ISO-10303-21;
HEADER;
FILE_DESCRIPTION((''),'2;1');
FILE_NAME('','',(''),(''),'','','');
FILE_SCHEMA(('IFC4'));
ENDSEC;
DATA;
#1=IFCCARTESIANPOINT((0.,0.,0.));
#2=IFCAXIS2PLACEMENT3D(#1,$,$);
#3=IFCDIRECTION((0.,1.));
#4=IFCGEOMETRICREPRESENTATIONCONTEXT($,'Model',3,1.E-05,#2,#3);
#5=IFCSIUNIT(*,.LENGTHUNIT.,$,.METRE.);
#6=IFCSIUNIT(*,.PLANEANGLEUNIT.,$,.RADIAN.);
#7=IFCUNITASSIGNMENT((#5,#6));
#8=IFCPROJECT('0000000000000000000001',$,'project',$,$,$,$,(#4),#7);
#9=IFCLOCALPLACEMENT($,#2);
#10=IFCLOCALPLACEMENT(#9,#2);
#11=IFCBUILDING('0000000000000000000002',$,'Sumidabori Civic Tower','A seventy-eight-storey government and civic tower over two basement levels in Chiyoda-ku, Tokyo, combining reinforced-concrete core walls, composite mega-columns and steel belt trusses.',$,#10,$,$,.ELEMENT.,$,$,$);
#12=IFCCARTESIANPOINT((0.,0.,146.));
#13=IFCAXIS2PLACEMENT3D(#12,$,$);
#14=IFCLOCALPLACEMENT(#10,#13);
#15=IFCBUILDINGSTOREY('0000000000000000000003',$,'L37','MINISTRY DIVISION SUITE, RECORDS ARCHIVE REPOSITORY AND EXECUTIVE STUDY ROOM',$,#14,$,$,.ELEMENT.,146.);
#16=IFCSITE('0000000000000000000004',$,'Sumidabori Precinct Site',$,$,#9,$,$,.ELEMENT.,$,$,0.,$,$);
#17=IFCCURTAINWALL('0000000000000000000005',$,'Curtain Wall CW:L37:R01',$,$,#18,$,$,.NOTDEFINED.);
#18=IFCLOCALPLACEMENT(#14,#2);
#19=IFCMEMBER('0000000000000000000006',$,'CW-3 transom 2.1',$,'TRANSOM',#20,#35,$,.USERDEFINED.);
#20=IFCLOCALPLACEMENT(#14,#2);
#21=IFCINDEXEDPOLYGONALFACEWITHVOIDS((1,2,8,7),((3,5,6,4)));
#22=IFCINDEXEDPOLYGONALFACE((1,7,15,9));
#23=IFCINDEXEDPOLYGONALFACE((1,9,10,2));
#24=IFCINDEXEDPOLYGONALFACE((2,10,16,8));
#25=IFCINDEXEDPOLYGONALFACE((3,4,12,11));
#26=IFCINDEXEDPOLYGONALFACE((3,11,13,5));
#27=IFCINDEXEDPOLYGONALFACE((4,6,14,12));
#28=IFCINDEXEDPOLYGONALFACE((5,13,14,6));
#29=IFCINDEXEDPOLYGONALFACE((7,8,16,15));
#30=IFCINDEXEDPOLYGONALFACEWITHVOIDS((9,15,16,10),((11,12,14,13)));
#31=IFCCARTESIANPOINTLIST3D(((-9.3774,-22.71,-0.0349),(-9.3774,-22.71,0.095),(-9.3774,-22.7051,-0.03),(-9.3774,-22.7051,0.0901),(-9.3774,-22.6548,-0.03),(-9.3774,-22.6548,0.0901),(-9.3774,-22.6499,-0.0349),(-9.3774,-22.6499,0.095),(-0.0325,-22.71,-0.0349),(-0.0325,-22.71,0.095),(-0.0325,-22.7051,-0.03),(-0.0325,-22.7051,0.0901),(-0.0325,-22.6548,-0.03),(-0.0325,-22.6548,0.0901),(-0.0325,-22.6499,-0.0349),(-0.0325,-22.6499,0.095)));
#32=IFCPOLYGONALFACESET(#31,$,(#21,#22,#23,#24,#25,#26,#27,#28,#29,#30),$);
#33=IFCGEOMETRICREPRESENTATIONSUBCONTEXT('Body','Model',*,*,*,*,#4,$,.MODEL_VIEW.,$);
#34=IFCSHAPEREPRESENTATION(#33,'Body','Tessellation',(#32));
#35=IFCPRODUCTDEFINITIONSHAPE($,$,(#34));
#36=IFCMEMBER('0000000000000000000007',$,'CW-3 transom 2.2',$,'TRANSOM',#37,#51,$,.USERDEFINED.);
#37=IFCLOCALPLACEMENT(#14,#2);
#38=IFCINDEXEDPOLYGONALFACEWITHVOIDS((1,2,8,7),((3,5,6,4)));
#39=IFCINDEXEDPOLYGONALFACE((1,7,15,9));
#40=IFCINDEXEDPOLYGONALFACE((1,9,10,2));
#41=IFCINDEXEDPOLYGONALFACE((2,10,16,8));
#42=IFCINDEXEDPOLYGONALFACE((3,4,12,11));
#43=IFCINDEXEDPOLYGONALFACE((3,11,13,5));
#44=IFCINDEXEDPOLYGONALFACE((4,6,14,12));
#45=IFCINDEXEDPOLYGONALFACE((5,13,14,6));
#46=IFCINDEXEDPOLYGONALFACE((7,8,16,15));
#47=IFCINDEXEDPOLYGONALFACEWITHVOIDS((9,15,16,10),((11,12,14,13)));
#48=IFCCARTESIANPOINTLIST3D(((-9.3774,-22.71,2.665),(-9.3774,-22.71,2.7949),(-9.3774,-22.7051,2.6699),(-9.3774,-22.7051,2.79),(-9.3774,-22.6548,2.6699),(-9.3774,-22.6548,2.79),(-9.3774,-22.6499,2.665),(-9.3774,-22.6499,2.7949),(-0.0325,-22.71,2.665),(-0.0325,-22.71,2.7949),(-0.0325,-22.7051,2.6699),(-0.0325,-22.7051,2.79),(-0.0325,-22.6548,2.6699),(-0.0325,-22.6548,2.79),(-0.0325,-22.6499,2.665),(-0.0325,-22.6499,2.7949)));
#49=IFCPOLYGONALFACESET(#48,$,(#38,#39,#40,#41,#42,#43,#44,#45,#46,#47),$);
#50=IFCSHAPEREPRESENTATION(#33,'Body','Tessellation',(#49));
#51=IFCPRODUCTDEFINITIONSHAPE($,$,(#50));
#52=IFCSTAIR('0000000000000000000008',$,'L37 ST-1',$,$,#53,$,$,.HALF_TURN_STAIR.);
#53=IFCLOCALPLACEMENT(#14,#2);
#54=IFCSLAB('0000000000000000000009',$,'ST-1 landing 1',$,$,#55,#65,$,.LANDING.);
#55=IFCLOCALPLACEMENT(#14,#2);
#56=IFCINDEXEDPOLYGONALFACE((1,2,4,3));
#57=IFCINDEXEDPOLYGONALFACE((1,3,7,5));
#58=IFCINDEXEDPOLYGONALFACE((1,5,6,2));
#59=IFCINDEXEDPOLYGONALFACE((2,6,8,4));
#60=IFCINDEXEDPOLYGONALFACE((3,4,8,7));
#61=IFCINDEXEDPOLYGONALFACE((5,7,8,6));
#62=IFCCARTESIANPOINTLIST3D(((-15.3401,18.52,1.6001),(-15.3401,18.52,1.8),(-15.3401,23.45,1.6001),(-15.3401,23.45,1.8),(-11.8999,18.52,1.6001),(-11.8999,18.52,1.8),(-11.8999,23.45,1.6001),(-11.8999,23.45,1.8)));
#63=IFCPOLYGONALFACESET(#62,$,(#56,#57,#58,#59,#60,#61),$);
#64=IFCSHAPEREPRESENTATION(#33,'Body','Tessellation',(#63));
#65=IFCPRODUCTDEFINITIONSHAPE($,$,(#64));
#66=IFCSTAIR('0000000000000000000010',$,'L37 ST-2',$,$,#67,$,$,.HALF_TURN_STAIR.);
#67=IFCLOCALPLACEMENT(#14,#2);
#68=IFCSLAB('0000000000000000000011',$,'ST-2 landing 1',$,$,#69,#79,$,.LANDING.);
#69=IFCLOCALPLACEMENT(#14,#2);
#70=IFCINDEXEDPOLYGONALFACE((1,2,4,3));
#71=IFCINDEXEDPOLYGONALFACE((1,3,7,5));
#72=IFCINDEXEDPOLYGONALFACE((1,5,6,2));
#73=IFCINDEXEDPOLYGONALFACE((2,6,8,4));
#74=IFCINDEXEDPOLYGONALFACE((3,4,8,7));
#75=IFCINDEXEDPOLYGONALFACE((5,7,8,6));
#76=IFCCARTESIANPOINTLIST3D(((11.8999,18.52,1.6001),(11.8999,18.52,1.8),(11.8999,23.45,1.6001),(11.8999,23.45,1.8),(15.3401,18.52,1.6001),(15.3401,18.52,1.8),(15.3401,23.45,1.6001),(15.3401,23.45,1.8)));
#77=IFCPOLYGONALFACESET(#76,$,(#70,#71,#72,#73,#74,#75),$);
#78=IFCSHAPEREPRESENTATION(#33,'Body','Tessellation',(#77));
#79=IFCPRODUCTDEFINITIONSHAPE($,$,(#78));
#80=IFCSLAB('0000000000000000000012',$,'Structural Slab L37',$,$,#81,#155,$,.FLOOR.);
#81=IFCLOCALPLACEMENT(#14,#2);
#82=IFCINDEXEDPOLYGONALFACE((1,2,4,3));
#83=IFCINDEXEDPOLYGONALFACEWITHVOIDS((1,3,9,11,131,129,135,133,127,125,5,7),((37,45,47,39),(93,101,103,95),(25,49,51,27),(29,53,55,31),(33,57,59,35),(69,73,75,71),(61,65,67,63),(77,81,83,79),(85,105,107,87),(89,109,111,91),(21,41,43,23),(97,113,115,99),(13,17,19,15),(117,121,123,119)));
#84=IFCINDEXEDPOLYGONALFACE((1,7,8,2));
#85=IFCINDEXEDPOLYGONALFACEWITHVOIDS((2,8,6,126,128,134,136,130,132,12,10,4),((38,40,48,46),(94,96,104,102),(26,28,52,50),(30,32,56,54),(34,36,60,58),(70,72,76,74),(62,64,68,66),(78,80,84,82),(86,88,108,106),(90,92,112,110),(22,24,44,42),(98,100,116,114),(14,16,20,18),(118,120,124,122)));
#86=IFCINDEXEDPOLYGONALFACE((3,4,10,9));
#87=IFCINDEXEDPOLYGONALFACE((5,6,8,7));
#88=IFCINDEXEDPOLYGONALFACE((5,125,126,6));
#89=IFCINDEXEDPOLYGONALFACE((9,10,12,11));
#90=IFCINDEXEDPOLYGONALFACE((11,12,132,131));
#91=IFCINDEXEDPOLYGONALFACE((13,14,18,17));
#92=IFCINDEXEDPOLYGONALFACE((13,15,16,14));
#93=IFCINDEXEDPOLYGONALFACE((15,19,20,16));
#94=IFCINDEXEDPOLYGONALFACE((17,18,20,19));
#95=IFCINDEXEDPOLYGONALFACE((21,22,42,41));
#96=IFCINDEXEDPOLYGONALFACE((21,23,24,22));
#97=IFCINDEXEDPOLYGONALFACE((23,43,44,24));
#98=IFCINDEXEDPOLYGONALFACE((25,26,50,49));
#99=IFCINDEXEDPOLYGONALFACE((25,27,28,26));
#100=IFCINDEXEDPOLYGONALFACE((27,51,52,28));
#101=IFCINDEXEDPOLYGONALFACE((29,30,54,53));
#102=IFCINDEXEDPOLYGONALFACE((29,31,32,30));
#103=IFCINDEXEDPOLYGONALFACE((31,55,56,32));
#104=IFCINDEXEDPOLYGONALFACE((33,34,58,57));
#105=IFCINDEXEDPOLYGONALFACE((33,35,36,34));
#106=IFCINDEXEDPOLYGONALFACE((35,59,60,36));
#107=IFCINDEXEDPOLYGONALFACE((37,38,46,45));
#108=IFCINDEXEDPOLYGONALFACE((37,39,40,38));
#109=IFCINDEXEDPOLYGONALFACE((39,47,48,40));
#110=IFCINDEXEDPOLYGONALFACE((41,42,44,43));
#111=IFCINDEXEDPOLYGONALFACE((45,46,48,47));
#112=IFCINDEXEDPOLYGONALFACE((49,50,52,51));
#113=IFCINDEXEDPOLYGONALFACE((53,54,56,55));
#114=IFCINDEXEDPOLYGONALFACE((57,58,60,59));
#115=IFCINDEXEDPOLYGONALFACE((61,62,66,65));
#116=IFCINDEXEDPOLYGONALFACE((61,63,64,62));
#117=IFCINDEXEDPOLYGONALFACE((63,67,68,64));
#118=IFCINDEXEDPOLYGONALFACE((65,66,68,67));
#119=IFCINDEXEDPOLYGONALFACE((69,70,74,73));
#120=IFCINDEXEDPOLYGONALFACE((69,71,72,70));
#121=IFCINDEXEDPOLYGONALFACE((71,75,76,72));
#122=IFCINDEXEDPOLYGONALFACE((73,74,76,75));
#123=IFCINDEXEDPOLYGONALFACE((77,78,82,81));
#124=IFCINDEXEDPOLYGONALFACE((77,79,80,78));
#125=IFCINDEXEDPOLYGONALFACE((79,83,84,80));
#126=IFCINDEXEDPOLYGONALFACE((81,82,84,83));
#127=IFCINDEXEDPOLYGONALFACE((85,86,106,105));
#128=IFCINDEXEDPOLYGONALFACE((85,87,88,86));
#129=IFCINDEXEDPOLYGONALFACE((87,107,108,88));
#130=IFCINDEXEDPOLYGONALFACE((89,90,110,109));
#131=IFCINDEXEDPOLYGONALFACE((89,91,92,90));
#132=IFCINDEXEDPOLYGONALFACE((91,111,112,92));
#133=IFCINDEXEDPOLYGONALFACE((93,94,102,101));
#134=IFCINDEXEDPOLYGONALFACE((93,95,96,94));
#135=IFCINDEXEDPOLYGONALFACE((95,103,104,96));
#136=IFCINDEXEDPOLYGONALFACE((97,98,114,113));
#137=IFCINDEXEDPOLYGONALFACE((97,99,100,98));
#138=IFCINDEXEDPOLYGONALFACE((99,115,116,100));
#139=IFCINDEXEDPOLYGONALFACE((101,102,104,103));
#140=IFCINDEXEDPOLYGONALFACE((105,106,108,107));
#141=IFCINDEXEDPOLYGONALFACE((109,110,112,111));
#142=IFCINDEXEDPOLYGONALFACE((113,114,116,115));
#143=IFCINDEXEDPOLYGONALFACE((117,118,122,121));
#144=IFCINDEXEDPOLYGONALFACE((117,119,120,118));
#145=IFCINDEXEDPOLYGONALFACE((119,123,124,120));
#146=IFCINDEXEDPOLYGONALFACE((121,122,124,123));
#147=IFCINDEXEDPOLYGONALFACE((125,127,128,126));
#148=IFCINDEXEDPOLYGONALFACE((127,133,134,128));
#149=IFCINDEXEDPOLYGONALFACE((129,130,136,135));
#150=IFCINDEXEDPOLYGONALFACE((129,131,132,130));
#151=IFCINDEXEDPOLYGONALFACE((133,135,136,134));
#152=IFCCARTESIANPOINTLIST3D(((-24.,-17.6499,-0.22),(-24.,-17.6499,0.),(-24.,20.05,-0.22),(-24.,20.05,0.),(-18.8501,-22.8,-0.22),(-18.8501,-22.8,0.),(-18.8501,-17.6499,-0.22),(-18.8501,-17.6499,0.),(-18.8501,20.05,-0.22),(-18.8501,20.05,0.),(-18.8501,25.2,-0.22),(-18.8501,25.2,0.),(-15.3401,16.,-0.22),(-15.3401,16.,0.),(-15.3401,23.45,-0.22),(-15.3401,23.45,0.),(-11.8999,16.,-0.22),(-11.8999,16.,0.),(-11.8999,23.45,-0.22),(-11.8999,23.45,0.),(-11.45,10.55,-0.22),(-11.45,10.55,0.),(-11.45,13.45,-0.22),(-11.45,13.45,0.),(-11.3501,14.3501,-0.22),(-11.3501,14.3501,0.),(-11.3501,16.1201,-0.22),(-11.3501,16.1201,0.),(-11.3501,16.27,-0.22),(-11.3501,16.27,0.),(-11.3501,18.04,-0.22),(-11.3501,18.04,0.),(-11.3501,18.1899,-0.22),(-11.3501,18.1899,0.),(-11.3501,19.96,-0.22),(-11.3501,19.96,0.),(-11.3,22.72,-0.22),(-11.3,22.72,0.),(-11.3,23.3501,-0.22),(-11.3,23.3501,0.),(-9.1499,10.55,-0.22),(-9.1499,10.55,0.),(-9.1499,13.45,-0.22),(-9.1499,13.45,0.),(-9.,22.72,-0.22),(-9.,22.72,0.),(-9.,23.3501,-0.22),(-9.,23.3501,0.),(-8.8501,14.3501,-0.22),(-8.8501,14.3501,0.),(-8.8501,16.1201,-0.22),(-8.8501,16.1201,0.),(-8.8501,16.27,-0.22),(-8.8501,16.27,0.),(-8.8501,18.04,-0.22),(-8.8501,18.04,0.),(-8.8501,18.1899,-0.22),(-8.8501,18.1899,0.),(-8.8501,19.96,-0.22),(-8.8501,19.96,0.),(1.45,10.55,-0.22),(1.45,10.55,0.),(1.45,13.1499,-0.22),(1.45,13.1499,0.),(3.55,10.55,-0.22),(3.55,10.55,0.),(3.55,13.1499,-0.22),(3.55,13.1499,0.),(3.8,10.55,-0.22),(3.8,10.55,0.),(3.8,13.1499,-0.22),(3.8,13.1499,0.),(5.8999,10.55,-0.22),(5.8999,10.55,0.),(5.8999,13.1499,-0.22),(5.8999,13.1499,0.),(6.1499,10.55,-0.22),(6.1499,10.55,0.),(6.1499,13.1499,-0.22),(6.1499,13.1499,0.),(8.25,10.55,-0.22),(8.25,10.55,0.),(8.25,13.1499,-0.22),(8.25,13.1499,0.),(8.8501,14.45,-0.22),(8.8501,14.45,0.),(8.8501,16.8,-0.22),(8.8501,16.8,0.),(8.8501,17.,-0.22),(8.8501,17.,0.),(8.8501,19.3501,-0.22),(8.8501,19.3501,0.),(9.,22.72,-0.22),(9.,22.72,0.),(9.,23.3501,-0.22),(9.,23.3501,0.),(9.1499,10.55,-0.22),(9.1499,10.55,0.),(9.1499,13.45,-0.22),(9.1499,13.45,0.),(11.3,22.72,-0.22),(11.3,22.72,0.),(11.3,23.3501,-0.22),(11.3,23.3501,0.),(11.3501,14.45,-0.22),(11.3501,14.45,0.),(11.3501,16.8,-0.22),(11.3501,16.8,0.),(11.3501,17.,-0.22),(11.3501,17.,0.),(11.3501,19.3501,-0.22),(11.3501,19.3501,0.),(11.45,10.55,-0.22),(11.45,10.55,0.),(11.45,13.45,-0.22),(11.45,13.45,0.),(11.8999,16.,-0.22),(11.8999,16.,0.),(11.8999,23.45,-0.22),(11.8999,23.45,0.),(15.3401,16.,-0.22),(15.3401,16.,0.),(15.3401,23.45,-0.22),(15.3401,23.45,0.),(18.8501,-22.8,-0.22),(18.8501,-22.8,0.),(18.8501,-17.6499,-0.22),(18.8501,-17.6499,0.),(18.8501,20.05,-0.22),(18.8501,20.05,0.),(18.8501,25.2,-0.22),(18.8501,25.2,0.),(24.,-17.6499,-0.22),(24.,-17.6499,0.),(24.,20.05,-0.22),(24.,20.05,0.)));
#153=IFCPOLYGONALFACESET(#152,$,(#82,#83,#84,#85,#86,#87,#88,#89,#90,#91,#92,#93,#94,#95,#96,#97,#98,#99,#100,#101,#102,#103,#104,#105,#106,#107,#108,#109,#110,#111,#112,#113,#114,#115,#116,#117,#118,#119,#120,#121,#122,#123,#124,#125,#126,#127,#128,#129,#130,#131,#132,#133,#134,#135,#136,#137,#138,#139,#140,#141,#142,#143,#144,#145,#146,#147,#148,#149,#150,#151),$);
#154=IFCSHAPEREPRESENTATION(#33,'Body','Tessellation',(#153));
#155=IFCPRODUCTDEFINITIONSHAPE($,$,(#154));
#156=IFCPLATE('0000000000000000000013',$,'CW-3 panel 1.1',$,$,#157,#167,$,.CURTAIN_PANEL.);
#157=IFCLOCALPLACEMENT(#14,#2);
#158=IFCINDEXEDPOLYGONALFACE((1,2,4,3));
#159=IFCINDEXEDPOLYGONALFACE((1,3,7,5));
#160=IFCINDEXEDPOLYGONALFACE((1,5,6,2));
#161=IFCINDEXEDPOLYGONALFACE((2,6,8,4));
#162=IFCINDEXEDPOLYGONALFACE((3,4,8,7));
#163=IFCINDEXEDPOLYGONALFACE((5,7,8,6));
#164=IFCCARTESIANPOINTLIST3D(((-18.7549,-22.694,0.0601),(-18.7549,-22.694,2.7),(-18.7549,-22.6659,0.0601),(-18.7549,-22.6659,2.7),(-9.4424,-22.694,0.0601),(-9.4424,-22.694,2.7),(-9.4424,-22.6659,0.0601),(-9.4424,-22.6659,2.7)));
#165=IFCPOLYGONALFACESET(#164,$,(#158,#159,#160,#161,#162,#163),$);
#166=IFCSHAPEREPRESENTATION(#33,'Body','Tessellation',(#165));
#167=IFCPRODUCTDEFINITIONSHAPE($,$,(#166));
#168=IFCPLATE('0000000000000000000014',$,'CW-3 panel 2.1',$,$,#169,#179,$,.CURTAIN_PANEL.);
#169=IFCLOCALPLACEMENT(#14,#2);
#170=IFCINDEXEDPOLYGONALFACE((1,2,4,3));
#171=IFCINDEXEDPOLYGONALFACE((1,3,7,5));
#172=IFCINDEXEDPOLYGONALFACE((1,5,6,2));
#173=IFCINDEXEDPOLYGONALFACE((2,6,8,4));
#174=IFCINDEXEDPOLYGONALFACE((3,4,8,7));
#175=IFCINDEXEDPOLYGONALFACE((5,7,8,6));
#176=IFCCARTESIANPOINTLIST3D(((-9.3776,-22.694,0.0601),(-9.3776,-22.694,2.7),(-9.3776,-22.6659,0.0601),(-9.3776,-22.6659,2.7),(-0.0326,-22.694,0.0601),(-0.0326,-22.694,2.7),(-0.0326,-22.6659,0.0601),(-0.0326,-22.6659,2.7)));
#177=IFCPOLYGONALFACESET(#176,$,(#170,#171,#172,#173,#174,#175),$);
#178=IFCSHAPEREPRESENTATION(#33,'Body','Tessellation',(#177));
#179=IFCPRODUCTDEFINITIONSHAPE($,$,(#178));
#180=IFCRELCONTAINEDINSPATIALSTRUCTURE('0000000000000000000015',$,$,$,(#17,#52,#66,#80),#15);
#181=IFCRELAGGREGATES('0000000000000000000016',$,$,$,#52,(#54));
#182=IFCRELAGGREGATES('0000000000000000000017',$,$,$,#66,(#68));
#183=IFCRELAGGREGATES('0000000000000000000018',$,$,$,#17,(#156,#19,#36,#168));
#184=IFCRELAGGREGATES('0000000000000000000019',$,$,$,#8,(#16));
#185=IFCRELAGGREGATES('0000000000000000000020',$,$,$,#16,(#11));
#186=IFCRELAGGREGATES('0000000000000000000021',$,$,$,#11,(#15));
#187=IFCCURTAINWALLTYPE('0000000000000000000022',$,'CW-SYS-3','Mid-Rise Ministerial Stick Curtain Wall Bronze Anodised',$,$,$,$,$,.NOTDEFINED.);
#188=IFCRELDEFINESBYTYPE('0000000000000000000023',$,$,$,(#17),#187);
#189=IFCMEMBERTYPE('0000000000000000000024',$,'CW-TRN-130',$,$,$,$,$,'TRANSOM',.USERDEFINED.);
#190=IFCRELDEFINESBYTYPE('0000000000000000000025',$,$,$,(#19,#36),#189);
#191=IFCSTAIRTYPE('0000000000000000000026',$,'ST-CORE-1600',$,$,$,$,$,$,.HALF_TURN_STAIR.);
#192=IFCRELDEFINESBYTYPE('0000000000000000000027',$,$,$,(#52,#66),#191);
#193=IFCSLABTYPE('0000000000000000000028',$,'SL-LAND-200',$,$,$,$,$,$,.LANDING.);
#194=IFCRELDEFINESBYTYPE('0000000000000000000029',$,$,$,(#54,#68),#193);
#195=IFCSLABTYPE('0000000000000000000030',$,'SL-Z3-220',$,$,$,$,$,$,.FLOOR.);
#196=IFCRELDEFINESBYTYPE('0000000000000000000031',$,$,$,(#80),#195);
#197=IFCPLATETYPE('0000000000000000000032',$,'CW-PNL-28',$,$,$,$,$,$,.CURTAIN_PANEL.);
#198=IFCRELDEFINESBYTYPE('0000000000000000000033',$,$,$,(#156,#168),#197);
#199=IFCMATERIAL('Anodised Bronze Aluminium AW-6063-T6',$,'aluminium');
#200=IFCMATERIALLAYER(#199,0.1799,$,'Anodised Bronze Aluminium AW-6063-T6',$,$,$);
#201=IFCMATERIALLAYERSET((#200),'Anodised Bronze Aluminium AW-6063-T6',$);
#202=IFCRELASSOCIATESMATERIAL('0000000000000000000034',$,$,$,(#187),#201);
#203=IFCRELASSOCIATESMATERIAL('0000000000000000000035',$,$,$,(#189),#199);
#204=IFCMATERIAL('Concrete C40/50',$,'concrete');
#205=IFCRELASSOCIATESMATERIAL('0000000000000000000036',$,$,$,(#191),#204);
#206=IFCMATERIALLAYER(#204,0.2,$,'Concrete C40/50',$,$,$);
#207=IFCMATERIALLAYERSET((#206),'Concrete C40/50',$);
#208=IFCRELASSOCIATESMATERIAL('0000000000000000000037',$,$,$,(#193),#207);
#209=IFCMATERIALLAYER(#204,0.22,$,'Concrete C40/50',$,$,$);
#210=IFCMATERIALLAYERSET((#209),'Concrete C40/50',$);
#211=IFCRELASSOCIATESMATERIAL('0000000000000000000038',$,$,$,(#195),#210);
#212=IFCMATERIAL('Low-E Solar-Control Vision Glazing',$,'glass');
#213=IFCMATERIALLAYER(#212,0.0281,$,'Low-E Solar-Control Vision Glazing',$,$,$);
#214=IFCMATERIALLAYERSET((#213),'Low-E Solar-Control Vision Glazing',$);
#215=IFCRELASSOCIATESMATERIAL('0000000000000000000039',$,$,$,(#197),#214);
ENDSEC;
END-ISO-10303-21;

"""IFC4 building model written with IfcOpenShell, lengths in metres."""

from ifc_helpers import new_model, si_unit, direction, frame, origin, origin_2d, place, context, subcontext, project, spatial, polyline, rectangle, hollow_rectangle, outline, extrude, source, transform, mapped, material, layer, layer_set, material_profile, profile_set, type_object, element, aggregate, save


model = new_model("IFC4")

# Units and contexts
model_context = context("Model", 3, precision=1e-05, world=origin(), true_north=direction((0.0, 1.0)))
body_context = subcontext(model_context, "Body", "Model", "MODEL_VIEW")
ifc_project = project(units=[si_unit("LENGTHUNIT", "METRE"), si_unit("PLANEANGLEUNIT", "RADIAN")], contexts=[model_context])

# Site, building, storey
site_placement = place(None, origin())
site = spatial("IfcSite", under=ifc_project, at=site_placement, Name="Sumidabori Precinct Site", CompositionType="ELEMENT", RefElevation=0.0)
building_placement = place(site_placement, origin())
building = spatial("IfcBuilding", under=site, at=building_placement, Name="Sumidabori Civic Tower", Description="A seventy-eight-storey government and civic tower over two basement levels in Chiyoda-ku, Tokyo, combining reinforced-concrete core walls, composite mega-columns and steel belt trusses.", CompositionType="ELEMENT")
storey_placement = place(building_placement, frame((0.0, 0.0, 146.0)))
storey = spatial("IfcBuildingStorey", under=building, at=storey_placement, Name="L37", Description="MINISTRY DIVISION SUITE, RECORDS ARCHIVE REPOSITORY AND EXECUTIVE STUDY ROOM", CompositionType="ELEMENT", Elevation=146.0)

# Curtain wall, members
ifc_material_1 = material(Name="Anodised Bronze Aluminium AW-6063-T6", Category="aluminium")
ifc_layer_1 = layer(ifc_material_1, 0.1799, Name="Anodised Bronze Aluminium AW-6063-T6")
ifc_layer_set_1 = layer_set([ifc_layer_1], Name="Anodised Bronze Aluminium AW-6063-T6")
curtain_wall_type = type_object("IfcCurtainWallType", Name="CW-SYS-3", Description="Mid-Rise Ministerial Stick Curtain Wall Bronze Anodised", PredefinedType="NOTDEFINED", material=ifc_layer_set_1)
curtain_wall_placement = place(storey_placement, origin())
curtain_wall = element("IfcCurtainWall", 1, at=curtain_wall_placement, inside=storey, type_object=curtain_wall_type, Name="Curtain Wall CW:L37:R01", PredefinedType="NOTDEFINED")
ifc_material_profile_1 = material_profile(ifc_material_1, hollow_rectangle(XDim=0.0601, YDim=0.1299, WallThickness=0.0049, at=origin_2d()), Name="ALU TRANSOM 130x60")
ifc_profile_set_1 = profile_set([ifc_material_profile_1], Name="Anodised Bronze Aluminium AW-6063-T6")
member_type_1 = type_object("IfcMemberType", Name="CW-TRN-130", ElementType="TRANSOM", PredefinedType="USERDEFINED", material=ifc_profile_set_1)
shared_shape_1 = source(origin(), body_context, "Body", "SweptSolid", [
    extrude(hollow_rectangle(XDim=0.0601, YDim=0.1299, WallThickness=0.0049, at=origin_2d()), origin(), (0.0, 0.0, 1.0), 9.345),
])
member_1_placement = place(storey_placement, frame((-9.3774, -22.6799, 0.03), z_axis=(1.0, 0.0, 0.0), x_axis=(0.0, 1.0, 0.0)))
member_1 = element("IfcMember", 2, at=member_1_placement, type_object=member_type_1, Name="CW-3 transom 2.1", ObjectType="TRANSOM", PredefinedType="USERDEFINED", context=body_context, shape_type="MappedRepresentation", body=[
    mapped(shared_shape_1, transform((0.0, 0.0, 0.0), x_axis=(1.0, 0.0, 0.0), y_axis=(0.0, 1.0, 0.0), z_axis=(0.0, 0.0, 1.0), scale=1.0)),
])
member_2_placement = place(storey_placement, frame((-9.3774, -22.6799, 2.73), z_axis=(1.0, 0.0, 0.0), x_axis=(0.0, 1.0, 0.0)))
member_2 = element("IfcMember", 3, at=member_2_placement, type_object=member_type_1, Name="CW-3 transom 2.2", ObjectType="TRANSOM", PredefinedType="USERDEFINED", context=body_context, shape_type="MappedRepresentation", body=[
    mapped(shared_shape_1, transform((0.0, 0.0, 0.0), x_axis=(1.0, 0.0, 0.0), y_axis=(0.0, 1.0, 0.0), z_axis=(0.0, 0.0, 1.0), scale=1.0)),
])

# Stairs, slabs
ifc_material_2 = material(Name="Concrete C40/50", Category="concrete")
stair_type = type_object("IfcStairType", Name="ST-CORE-1600", PredefinedType="HALF_TURN_STAIR", material=ifc_material_2)
stair_1_placement = place(storey_placement, origin())
stair_1 = element("IfcStair", 4, at=stair_1_placement, inside=storey, type_object=stair_type, Name="L37 ST-1", PredefinedType="HALF_TURN_STAIR")
ifc_layer_2 = layer(ifc_material_2, 0.2, Name="Concrete C40/50")
ifc_layer_set_2 = layer_set([ifc_layer_2], Name="Concrete C40/50")
slab_type_1 = type_object("IfcSlabType", Name="SL-LAND-200", PredefinedType="LANDING", material=ifc_layer_set_2)
slab_1_placement = place(storey_placement, frame((0.0, 0.0, 1.6001)))
slab_1 = element("IfcSlab", 5, at=slab_1_placement, type_object=slab_type_1, Name="ST-1 landing 1", PredefinedType="LANDING", context=body_context, shape_type="SweptSolid", body=[
    extrude(outline(polyline([(-11.8999, 18.52), (-11.8999, 23.45), (-15.3401, 23.45), (-15.3401, 18.52), (-11.8999, 18.52)])), origin(), (0.0, 0.0, 1.0), 0.2),
])
aggregate(stair_1, [slab_1])
stair_2_placement = place(storey_placement, origin())
stair_2 = element("IfcStair", 6, at=stair_2_placement, inside=storey, type_object=stair_type, Name="L37 ST-2", PredefinedType="HALF_TURN_STAIR")
slab_2_placement = place(storey_placement, frame((0.0, 0.0, 1.6001)))
slab_2 = element("IfcSlab", 7, at=slab_2_placement, type_object=slab_type_1, Name="ST-2 landing 1", PredefinedType="LANDING", context=body_context, shape_type="SweptSolid", body=[
    extrude(outline(polyline([(15.3401, 18.52), (15.3401, 23.45), (11.8999, 23.45), (11.8999, 18.52), (15.3401, 18.52)])), origin(), (0.0, 0.0, 1.0), 0.2),
])
aggregate(stair_2, [slab_2])

# Slab
ifc_layer_3 = layer(ifc_material_2, 0.22, Name="Concrete C40/50")
ifc_layer_set_3 = layer_set([ifc_layer_3], Name="Concrete C40/50")
slab_type_2 = type_object("IfcSlabType", Name="SL-Z3-220", PredefinedType="FLOOR", material=ifc_layer_set_3)
slab_3_placement = place(storey_placement, frame((0.0, 0.0, -0.22)))
element("IfcSlab", 8, at=slab_3_placement, inside=storey, type_object=slab_type_2, Name="Structural Slab L37", PredefinedType="FLOOR", context=body_context, shape_type="SweptSolid", body=[
    extrude(outline(polyline([(-18.8501, -22.8), (18.8501, -22.8), (18.8501, -17.6499), (24.0, -17.6499), (24.0, 20.05), (18.8501, 20.05), (18.8501, 25.2), (-18.8501, 25.2), (-18.8501, 20.05), (-24.0, 20.05), (-24.0, -17.6499), (-18.8501, -17.6499), (-18.8501, -22.8)]), holes=[polyline([(-11.8999, 16.0), (-11.8999, 23.45), (-15.3401, 23.45), (-15.3401, 16.0), (-11.8999, 16.0)]), polyline([(15.3401, 16.0), (15.3401, 23.45), (11.8999, 23.45), (11.8999, 16.0), (15.3401, 16.0)]), polyline([(-11.45, 10.55), (-9.1499, 10.55), (-9.1499, 13.45), (-11.45, 13.45), (-11.45, 10.55)]), polyline([(9.1499, 10.55), (11.45, 10.55), (11.45, 13.45), (9.1499, 13.45), (9.1499, 10.55)]), polyline([(1.45, 10.55), (3.55, 10.55), (3.55, 13.1499), (1.45, 13.1499), (1.45, 10.55)]), polyline([(3.8, 10.55), (5.8999, 10.55), (5.8999, 13.1499), (3.8, 13.1499), (3.8, 10.55)]), polyline([(6.1499, 10.55), (8.25, 10.55), (8.25, 13.1499), (6.1499, 13.1499), (6.1499, 10.55)]), polyline([(-11.3501, 14.3501), (-8.8501, 14.3501), (-8.8501, 16.1201), (-11.3501, 16.1201), (-11.3501, 14.3501)]), polyline([(-11.3501, 16.27), (-8.8501, 16.27), (-8.8501, 18.04), (-11.3501, 18.04), (-11.3501, 16.27)]), polyline([(-11.3501, 18.1899), (-8.8501, 18.1899), (-8.8501, 19.96), (-11.3501, 19.96), (-11.3501, 18.1899)]), polyline([(8.8501, 14.45), (11.3501, 14.45), (11.3501, 16.8), (8.8501, 16.8), (8.8501, 14.45)]), polyline([(8.8501, 17.0), (11.3501, 17.0), (11.3501, 19.3501), (8.8501, 19.3501), (8.8501, 17.0)]), polyline([(-11.3, 22.72), (-9.0, 22.72), (-9.0, 23.3501), (-11.3, 23.3501), (-11.3, 22.72)]), polyline([(9.0, 22.72), (11.3, 22.72), (11.3, 23.3501), (9.0, 23.3501), (9.0, 22.72)])]), origin(), (0.0, 0.0, 1.0), 0.22),
])

# Plates
ifc_material_3 = material(Name="Low-E Solar-Control Vision Glazing", Category="glass")
ifc_layer_4 = layer(ifc_material_3, 0.0281, Name="Low-E Solar-Control Vision Glazing")
ifc_layer_set_4 = layer_set([ifc_layer_4], Name="Low-E Solar-Control Vision Glazing")
plate_type = type_object("IfcPlateType", Name="CW-PNL-28", PredefinedType="CURTAIN_PANEL", material=ifc_layer_set_4)
shared_shape_2 = source(origin(), body_context, "Body", "SweptSolid", [
    extrude(rectangle(XDim=9.3125, YDim=0.0281, at=origin_2d()), origin(), (0.0, 0.0, 1.0), 2.6399),
])
plate_1_placement = place(storey_placement, frame((-14.0986, -22.6799, 0.0601), z_axis=(0.0, 0.0, 1.0), x_axis=(1.0, 0.0, 0.0)))
plate_1 = element("IfcPlate", 9, at=plate_1_placement, type_object=plate_type, Name="CW-3 panel 1.1", PredefinedType="CURTAIN_PANEL", context=body_context, shape_type="MappedRepresentation", body=[
    mapped(shared_shape_2, transform((0.0, 0.0, 0.0), x_axis=(1.0, 0.0, 0.0), y_axis=(0.0, 1.0, 0.0), z_axis=(0.0, 0.0, 1.0), scale=1.0)),
])
shared_shape_3 = source(origin(), body_context, "Body", "SweptSolid", [
    extrude(rectangle(XDim=9.345, YDim=0.0281, at=origin_2d()), origin(), (0.0, 0.0, 1.0), 2.6399),
])
plate_2_placement = place(storey_placement, frame((-4.7051, -22.6799, 0.0601), z_axis=(0.0, 0.0, 1.0), x_axis=(1.0, 0.0, 0.0)))
plate_2 = element("IfcPlate", 10, at=plate_2_placement, type_object=plate_type, Name="CW-3 panel 2.1", PredefinedType="CURTAIN_PANEL", context=body_context, shape_type="MappedRepresentation", body=[
    mapped(shared_shape_3, transform((0.0, 0.0, 0.0), x_axis=(1.0, 0.0, 0.0), y_axis=(0.0, 1.0, 0.0), z_axis=(0.0, 0.0, 1.0), scale=1.0)),
])
aggregate(curtain_wall, [plate_1, member_1, member_2, plate_2])

save(model, "model.ifc")
